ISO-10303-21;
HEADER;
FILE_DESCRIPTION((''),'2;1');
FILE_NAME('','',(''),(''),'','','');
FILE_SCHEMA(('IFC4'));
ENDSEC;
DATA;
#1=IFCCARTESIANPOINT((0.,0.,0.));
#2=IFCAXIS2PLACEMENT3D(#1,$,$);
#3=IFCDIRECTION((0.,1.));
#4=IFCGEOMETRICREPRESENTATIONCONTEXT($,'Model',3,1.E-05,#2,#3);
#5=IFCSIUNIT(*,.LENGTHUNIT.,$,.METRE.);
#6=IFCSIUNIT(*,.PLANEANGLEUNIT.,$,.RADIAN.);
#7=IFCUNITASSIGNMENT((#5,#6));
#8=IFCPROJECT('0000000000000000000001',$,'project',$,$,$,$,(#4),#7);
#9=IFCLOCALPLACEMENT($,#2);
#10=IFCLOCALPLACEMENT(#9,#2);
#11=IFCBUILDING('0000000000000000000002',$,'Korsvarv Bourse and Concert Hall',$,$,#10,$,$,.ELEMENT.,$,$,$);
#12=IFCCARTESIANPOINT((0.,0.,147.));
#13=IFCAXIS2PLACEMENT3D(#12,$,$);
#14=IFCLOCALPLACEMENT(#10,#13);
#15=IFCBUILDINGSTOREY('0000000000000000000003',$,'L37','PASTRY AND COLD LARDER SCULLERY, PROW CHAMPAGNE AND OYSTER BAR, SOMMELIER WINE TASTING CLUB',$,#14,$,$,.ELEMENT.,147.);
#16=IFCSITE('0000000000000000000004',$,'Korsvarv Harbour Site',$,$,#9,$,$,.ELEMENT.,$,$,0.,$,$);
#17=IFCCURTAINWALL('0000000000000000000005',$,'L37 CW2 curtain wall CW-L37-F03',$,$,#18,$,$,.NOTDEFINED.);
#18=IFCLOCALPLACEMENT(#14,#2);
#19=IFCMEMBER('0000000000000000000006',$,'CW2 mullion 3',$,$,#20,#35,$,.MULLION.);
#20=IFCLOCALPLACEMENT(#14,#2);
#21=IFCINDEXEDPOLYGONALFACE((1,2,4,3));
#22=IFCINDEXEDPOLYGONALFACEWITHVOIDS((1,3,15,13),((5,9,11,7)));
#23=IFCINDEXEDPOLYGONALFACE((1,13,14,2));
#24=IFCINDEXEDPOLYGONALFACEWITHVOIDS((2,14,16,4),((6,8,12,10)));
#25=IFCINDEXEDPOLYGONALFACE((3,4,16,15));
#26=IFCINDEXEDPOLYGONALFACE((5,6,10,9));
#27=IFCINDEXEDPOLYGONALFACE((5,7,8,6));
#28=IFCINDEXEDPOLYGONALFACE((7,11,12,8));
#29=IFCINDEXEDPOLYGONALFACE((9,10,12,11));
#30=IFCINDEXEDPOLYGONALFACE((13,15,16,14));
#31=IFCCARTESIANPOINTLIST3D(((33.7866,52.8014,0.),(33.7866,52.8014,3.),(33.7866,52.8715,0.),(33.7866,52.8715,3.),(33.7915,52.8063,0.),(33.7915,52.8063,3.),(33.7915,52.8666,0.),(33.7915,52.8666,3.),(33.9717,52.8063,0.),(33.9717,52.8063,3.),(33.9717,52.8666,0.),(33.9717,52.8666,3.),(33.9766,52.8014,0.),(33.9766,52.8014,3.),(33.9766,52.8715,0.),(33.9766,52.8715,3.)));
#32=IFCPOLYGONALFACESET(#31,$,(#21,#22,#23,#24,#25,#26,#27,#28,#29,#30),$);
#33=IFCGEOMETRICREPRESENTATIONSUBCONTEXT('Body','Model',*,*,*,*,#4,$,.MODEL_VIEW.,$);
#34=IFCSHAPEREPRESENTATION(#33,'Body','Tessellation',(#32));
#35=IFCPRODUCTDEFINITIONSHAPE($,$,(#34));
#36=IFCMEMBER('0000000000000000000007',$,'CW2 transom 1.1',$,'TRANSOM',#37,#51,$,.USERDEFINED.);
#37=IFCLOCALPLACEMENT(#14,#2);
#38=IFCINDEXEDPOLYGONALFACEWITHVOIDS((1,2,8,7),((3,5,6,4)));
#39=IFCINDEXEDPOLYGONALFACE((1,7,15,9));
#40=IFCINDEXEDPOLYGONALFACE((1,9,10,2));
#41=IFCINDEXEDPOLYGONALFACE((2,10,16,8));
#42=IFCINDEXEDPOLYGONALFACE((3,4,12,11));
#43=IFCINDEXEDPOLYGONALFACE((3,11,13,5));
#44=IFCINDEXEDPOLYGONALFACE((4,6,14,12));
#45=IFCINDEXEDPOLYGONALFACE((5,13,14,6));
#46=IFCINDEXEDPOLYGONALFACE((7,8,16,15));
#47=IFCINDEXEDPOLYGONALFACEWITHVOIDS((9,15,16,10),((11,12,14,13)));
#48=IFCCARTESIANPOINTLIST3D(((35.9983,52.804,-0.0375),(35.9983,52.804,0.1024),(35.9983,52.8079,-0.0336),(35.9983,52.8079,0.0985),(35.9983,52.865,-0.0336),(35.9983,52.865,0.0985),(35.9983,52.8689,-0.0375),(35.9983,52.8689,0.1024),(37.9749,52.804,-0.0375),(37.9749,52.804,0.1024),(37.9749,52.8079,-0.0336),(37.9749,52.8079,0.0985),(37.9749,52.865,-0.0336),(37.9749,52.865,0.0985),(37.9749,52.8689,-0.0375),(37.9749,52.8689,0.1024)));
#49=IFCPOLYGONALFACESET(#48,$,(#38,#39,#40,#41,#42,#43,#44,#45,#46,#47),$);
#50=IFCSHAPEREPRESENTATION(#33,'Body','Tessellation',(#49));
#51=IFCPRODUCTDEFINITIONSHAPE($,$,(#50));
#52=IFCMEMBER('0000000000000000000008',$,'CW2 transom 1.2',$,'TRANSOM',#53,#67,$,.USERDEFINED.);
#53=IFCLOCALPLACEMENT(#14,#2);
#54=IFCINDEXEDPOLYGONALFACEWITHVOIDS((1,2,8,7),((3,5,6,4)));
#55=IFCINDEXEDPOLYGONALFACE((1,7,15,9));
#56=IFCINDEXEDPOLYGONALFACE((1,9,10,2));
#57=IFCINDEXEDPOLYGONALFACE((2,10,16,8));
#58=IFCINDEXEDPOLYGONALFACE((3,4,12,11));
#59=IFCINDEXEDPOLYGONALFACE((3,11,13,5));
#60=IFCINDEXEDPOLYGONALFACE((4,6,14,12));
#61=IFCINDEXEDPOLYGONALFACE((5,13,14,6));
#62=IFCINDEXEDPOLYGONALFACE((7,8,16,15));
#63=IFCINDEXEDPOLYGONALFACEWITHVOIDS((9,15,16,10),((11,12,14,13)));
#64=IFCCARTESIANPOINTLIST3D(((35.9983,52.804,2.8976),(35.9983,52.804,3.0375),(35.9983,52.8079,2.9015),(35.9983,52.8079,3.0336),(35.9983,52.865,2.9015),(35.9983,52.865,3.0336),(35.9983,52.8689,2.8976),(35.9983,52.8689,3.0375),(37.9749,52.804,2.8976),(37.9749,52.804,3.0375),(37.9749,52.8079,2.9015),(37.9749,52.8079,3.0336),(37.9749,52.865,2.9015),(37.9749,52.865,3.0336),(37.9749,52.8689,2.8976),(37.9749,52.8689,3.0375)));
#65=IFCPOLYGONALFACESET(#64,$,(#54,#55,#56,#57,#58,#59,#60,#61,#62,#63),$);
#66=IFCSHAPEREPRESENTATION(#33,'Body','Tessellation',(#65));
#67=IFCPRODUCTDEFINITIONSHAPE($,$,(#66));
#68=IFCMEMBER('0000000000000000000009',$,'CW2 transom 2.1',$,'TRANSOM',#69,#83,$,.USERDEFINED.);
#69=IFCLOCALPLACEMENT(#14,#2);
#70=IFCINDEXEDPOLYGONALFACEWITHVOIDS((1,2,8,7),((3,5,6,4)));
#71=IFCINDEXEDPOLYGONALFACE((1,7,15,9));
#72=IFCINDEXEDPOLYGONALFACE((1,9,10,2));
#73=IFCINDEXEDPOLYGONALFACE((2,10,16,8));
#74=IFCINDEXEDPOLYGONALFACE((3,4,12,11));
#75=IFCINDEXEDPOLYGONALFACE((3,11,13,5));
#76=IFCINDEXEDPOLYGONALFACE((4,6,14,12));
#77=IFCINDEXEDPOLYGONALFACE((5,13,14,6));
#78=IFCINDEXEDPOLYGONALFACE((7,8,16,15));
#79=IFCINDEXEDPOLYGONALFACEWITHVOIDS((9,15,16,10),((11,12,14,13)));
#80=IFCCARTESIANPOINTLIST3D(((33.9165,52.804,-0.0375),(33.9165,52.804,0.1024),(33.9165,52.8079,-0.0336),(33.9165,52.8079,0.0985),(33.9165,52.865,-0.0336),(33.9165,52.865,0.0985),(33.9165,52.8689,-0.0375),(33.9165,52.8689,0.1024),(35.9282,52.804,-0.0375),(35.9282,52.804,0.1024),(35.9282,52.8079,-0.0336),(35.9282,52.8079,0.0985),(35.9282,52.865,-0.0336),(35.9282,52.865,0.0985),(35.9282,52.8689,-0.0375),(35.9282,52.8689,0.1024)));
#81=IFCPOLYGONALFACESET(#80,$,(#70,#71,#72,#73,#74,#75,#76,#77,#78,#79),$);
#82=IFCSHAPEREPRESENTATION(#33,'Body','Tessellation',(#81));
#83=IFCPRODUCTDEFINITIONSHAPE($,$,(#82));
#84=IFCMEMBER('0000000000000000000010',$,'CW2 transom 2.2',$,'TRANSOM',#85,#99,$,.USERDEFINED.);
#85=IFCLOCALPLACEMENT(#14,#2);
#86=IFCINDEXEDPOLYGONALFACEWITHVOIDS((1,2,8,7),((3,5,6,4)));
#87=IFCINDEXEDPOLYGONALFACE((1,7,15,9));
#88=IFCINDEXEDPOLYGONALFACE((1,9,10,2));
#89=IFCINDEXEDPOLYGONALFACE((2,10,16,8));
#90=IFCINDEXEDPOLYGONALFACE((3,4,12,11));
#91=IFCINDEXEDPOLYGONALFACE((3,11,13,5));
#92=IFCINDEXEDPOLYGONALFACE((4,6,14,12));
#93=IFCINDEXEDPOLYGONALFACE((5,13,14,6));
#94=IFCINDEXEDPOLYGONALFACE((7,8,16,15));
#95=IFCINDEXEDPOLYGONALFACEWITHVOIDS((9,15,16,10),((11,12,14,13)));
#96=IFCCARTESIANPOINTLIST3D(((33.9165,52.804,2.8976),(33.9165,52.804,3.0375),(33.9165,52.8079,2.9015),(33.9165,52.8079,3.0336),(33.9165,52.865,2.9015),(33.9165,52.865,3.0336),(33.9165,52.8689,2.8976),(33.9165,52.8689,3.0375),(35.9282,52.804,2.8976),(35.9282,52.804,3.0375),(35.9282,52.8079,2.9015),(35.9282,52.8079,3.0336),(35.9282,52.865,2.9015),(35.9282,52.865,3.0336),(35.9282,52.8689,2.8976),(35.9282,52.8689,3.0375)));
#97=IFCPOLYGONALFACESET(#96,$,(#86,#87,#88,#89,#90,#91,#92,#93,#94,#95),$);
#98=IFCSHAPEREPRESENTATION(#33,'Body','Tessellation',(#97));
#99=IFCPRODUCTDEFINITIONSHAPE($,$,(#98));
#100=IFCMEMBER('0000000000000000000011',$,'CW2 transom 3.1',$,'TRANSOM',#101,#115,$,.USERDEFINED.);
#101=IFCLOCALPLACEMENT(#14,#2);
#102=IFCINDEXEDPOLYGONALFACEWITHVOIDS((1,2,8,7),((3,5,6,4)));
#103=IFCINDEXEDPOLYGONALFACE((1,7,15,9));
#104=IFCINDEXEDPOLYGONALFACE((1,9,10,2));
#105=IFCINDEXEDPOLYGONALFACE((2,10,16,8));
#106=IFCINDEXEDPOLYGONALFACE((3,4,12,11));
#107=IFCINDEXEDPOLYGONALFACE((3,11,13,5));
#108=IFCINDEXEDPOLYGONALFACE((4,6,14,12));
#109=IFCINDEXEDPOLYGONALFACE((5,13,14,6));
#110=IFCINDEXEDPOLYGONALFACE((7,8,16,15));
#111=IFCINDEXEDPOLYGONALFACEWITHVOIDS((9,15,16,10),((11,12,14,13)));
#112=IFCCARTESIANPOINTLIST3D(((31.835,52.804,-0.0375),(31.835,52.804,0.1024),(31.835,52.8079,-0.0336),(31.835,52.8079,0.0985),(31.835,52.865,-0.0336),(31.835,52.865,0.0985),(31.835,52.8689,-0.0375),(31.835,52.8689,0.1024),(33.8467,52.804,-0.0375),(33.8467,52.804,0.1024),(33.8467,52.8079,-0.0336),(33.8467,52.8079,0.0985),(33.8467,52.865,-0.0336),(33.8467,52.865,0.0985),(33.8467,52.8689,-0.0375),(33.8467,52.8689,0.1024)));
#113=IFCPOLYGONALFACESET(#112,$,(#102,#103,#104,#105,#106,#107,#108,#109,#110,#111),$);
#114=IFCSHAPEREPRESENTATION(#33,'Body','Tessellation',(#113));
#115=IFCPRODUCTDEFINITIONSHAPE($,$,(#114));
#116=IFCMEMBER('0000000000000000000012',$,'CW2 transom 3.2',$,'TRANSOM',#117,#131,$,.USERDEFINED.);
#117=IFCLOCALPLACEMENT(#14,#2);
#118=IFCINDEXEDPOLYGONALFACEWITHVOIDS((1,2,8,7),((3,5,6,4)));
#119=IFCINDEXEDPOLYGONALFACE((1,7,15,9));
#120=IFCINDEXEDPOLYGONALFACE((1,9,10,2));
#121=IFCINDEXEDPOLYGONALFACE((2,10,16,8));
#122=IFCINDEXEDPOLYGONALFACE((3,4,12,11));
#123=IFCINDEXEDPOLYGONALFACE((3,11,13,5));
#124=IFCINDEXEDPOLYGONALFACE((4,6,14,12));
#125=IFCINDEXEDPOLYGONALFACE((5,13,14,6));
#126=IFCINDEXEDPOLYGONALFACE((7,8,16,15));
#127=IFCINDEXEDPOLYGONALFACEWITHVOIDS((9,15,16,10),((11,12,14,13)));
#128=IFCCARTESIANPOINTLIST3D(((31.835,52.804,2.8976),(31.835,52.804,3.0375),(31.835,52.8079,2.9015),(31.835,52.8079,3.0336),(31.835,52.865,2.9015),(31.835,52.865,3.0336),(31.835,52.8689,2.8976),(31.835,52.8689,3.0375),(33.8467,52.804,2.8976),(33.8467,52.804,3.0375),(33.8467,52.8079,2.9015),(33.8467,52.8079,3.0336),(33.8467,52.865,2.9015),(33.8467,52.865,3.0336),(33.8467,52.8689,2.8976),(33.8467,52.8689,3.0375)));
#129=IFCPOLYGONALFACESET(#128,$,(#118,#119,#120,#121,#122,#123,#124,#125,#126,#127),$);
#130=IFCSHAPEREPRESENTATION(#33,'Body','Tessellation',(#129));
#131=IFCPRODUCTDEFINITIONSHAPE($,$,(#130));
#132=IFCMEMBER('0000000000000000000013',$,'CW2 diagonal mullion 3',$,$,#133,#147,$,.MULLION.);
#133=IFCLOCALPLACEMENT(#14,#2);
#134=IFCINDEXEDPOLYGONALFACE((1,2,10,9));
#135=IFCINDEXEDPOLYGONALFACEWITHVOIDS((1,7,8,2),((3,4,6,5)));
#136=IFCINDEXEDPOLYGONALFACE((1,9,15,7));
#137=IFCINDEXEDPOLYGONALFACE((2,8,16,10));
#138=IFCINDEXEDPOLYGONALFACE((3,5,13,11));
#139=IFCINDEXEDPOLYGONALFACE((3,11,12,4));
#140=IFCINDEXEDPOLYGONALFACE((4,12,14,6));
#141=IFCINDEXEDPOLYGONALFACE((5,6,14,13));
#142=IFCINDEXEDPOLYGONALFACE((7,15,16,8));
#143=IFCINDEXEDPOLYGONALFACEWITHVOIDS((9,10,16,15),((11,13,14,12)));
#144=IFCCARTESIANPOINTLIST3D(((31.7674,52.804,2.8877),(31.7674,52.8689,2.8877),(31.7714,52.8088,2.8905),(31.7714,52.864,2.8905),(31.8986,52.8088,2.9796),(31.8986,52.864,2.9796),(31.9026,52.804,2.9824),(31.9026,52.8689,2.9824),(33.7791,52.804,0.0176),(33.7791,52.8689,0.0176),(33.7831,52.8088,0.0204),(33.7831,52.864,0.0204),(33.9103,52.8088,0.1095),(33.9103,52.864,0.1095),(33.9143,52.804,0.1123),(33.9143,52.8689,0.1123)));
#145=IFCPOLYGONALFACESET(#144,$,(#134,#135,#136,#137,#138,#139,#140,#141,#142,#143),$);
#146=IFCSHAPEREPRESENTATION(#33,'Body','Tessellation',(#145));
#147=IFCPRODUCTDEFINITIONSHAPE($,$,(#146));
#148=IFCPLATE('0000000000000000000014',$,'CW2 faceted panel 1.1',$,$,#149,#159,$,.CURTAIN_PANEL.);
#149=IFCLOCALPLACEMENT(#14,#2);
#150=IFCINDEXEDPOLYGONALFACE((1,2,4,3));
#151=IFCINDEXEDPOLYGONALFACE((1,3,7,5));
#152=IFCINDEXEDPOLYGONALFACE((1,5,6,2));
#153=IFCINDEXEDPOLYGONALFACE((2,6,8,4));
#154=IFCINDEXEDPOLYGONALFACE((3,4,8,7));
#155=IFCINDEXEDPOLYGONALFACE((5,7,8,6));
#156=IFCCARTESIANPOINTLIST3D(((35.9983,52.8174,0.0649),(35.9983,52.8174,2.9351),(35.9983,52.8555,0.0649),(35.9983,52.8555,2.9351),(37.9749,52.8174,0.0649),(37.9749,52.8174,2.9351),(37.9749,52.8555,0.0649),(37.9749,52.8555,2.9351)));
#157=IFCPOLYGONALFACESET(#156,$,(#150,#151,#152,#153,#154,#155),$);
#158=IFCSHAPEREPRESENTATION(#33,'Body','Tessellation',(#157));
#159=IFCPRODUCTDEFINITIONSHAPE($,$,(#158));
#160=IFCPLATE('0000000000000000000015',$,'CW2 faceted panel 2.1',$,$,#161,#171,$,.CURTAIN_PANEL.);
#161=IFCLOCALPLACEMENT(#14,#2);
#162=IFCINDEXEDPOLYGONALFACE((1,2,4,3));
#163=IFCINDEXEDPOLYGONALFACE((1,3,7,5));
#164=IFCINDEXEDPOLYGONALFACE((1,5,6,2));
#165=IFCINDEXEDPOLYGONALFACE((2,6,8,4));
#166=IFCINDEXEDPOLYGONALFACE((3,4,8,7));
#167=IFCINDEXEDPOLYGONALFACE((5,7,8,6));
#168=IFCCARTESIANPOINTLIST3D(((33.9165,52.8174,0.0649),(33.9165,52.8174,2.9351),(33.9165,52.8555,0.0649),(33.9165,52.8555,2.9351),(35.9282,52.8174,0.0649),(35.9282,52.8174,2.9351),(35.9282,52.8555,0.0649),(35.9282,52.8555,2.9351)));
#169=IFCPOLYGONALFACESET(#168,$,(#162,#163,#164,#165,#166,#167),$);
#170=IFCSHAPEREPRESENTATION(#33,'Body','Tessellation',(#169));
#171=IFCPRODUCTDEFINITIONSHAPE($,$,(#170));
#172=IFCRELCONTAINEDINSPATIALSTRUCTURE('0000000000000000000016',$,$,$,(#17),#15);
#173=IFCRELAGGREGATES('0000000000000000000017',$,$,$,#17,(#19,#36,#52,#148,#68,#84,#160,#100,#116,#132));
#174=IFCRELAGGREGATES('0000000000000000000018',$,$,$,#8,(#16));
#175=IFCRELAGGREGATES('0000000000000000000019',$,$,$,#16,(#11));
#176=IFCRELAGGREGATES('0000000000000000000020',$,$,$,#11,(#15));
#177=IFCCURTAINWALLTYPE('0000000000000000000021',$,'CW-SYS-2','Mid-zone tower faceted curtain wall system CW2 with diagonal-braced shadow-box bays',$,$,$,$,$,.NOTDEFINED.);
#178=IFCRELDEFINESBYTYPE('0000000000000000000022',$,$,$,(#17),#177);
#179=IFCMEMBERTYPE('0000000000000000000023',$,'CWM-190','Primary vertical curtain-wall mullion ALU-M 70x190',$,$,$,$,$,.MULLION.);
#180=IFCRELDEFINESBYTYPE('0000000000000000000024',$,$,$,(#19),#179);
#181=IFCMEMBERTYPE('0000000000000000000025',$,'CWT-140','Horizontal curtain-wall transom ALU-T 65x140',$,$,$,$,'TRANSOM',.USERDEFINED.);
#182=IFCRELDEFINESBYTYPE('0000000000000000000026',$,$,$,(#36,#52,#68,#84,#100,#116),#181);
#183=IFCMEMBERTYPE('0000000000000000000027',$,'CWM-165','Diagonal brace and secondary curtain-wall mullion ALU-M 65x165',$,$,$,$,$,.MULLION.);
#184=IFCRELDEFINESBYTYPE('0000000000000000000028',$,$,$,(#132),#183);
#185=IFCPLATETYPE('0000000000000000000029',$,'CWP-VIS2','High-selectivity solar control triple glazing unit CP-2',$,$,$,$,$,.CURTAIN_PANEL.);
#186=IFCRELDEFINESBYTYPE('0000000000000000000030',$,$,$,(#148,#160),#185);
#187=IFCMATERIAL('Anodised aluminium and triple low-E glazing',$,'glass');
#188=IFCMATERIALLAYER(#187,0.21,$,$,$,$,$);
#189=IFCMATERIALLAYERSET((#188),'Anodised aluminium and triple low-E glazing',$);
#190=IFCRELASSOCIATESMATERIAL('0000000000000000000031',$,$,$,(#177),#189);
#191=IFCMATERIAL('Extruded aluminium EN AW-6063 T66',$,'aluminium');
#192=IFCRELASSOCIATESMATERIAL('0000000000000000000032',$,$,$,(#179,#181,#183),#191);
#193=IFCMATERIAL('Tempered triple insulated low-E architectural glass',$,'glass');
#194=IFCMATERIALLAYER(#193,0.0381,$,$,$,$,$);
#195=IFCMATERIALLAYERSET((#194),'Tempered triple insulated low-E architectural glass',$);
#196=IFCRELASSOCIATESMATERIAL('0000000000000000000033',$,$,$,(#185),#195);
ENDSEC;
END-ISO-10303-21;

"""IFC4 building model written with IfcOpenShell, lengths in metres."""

from ifc_helpers import new_model, si_unit, direction, frame, origin, origin_2d, place, context, subcontext, project, spatial, rectangle, hollow_rectangle, extrude, source, transform, mapped, material, layer, layer_set, material_profile, profile_set, type_object, element, aggregate, save


model = new_model("IFC4")

# Units and contexts
model_context = context("Model", 3, precision=1e-05, world=origin(), true_north=direction((0.0, 1.0)))
body_context = subcontext(model_context, "Body", "Model", "MODEL_VIEW")
ifc_project = project(units=[si_unit("LENGTHUNIT", "METRE"), si_unit("PLANEANGLEUNIT", "RADIAN")], contexts=[model_context])

# Site, building, storey
site_placement = place(None, origin())
site = spatial("IfcSite", under=ifc_project, at=site_placement, Name="Korsvarv Harbour Site", CompositionType="ELEMENT", RefElevation=0.0)
building_placement = place(site_placement, origin())
building = spatial("IfcBuilding", under=site, at=building_placement, Name="Korsvarv Bourse and Concert Hall", CompositionType="ELEMENT")
storey_placement = place(building_placement, frame((0.0, 0.0, 147.0)))
storey = spatial("IfcBuildingStorey", under=building, at=storey_placement, Name="L37", Description="PASTRY AND COLD LARDER SCULLERY, PROW CHAMPAGNE AND OYSTER BAR, SOMMELIER WINE TASTING CLUB", CompositionType="ELEMENT", Elevation=147.0)

# Curtain wall, members, plates
ifc_material_1 = material(Name="Anodised aluminium and triple low-E glazing", Category="glass")
ifc_layer_1 = layer(ifc_material_1, 0.21)
ifc_layer_set_1 = layer_set([ifc_layer_1], Name="Anodised aluminium and triple low-E glazing")
curtain_wall_type = type_object("IfcCurtainWallType", Name="CW-SYS-2", Description="Mid-zone tower faceted curtain wall system CW2 with diagonal-braced shadow-box bays", PredefinedType="NOTDEFINED", material=ifc_layer_set_1)
curtain_wall_placement = place(storey_placement, origin())
curtain_wall = element("IfcCurtainWall", 1, at=curtain_wall_placement, inside=storey, type_object=curtain_wall_type, Name="L37 CW2 curtain wall CW-L37-F03", PredefinedType="NOTDEFINED")
ifc_material_2 = material(Name="Extruded aluminium EN AW-6063 T66", Category="aluminium")
ifc_material_profile_1 = material_profile(ifc_material_2, hollow_rectangle(XDim=0.0701, YDim=0.1899, WallThickness=0.0049, at=origin_2d()), Name="ALU-M 70x190")
ifc_profile_set_1 = profile_set([ifc_material_profile_1], Name="Extruded aluminium EN AW-6063 T66")
member_type_1 = type_object("IfcMemberType", Name="CWM-190", Description="Primary vertical curtain-wall mullion ALU-M 70x190", PredefinedType="MULLION", material=ifc_profile_set_1)
shared_shape_1 = source(origin(), body_context, "Body", "SweptSolid", [
    extrude(hollow_rectangle(XDim=0.0701, YDim=0.1899, WallThickness=0.0049, at=origin_2d()), origin(), (0.0, 0.0, 1.0), 3.0),
])
member_1_placement = place(storey_placement, frame((33.8816, 52.8364, 0.0), z_axis=(0.0, 0.0, 1.0), x_axis=(0.0, -1.0, 0.0)))
member_1 = element("IfcMember", 2, at=member_1_placement, type_object=member_type_1, Name="CW2 mullion 3", PredefinedType="MULLION", context=body_context, shape_type="MappedRepresentation", body=[
    mapped(shared_shape_1, transform((0.0, 0.0, 0.0), scale=1.0)),
])
ifc_material_profile_2 = material_profile(ifc_material_2, hollow_rectangle(XDim=0.0649, YDim=0.1399, WallThickness=0.0039, at=origin_2d()), Name="ALU-T 65x140")
ifc_profile_set_2 = profile_set([ifc_material_profile_2], Name="Extruded aluminium EN AW-6063 T66")
member_type_2 = type_object("IfcMemberType", Name="CWT-140", Description="Horizontal curtain-wall transom ALU-T 65x140", ElementType="TRANSOM", PredefinedType="USERDEFINED", material=ifc_profile_set_2)
shared_shape_2 = source(origin(), body_context, "Body", "SweptSolid", [
    extrude(hollow_rectangle(XDim=0.0649, YDim=0.1399, WallThickness=0.0039, at=origin_2d()), origin(), (0.0, 0.0, 1.0), 1.9766),
])
member_2_placement = place(storey_placement, frame((37.9749, 52.8364, 0.0325), z_axis=(-1.0, 0.0, 0.0), x_axis=(0.0, -1.0, 0.0)))
member_2 = element("IfcMember", 3, at=member_2_placement, type_object=member_type_2, Name="CW2 transom 1.1", ObjectType="TRANSOM", PredefinedType="USERDEFINED", context=body_context, shape_type="MappedRepresentation", body=[
    mapped(shared_shape_2, transform((0.0, 0.0, 0.0), scale=1.0)),
])
member_3_placement = place(storey_placement, frame((37.9749, 52.8364, 2.9675), z_axis=(-1.0, 0.0, 0.0), x_axis=(0.0, -1.0, 0.0)))
member_3 = element("IfcMember", 4, at=member_3_placement, type_object=member_type_2, Name="CW2 transom 1.2", ObjectType="TRANSOM", PredefinedType="USERDEFINED", context=body_context, shape_type="MappedRepresentation", body=[
    mapped(shared_shape_2, transform((0.0, 0.0, 0.0), scale=1.0)),
])
shared_shape_3 = source(origin(), body_context, "Body", "SweptSolid", [
    extrude(hollow_rectangle(XDim=0.0649, YDim=0.1399, WallThickness=0.0039, at=origin_2d()), origin(), (0.0, 0.0, 1.0), 2.0117),
])
member_4_placement = place(storey_placement, frame((35.9282, 52.8364, 0.0325), z_axis=(-1.0, 0.0, 0.0), x_axis=(0.0, -1.0, 0.0)))
member_4 = element("IfcMember", 5, at=member_4_placement, type_object=member_type_2, Name="CW2 transom 2.1", ObjectType="TRANSOM", PredefinedType="USERDEFINED", context=body_context, shape_type="MappedRepresentation", body=[
    mapped(shared_shape_3, transform((0.0, 0.0, 0.0), scale=1.0)),
])
member_5_placement = place(storey_placement, frame((35.9282, 52.8364, 2.9675), z_axis=(-1.0, 0.0, 0.0), x_axis=(0.0, -1.0, 0.0)))
member_5 = element("IfcMember", 6, at=member_5_placement, type_object=member_type_2, Name="CW2 transom 2.2", ObjectType="TRANSOM", PredefinedType="USERDEFINED", context=body_context, shape_type="MappedRepresentation", body=[
    mapped(shared_shape_3, transform((0.0, 0.0, 0.0), scale=1.0)),
])
member_6_placement = place(storey_placement, frame((33.8467, 52.8364, 0.0325), z_axis=(-1.0, 0.0, 0.0), x_axis=(0.0, -1.0, 0.0)))
member_6 = element("IfcMember", 7, at=member_6_placement, type_object=member_type_2, Name="CW2 transom 3.1", ObjectType="TRANSOM", PredefinedType="USERDEFINED", context=body_context, shape_type="MappedRepresentation", body=[
    mapped(shared_shape_3, transform((0.0, 0.0, 0.0), scale=1.0)),
])
member_7_placement = place(storey_placement, frame((33.8467, 52.8364, 2.9675), z_axis=(-1.0, 0.0, 0.0), x_axis=(0.0, -1.0, 0.0)))
member_7 = element("IfcMember", 8, at=member_7_placement, type_object=member_type_2, Name="CW2 transom 3.2", ObjectType="TRANSOM", PredefinedType="USERDEFINED", context=body_context, shape_type="MappedRepresentation", body=[
    mapped(shared_shape_3, transform((0.0, 0.0, 0.0), scale=1.0)),
])
ifc_material_profile_3 = material_profile(ifc_material_2, hollow_rectangle(XDim=0.0649, YDim=0.165, WallThickness=0.0049, at=origin_2d()), Name="ALU-M 65x165")
ifc_profile_set_3 = profile_set([ifc_material_profile_3], Name="Extruded aluminium EN AW-6063 T66")
member_type_3 = type_object("IfcMemberType", Name="CWM-165", Description="Diagonal brace and secondary curtain-wall mullion ALU-M 65x165", PredefinedType="MULLION", material=ifc_profile_set_3)
shared_shape_4 = source(origin(), body_context, "Body", "SweptSolid", [
    extrude(hollow_rectangle(XDim=0.0649, YDim=0.165, WallThickness=0.0049, at=origin_2d()), origin(), (0.0, 0.0, 1.0), 3.5049),
])
member_8_placement = place(storey_placement, frame((33.8467, 52.8364, 0.0649), z_axis=(-0.573967, 0.0, 0.818878), x_axis=(0.0, -1.0, 0.0)))
member_8 = element("IfcMember", 9, at=member_8_placement, type_object=member_type_3, Name="CW2 diagonal mullion 3", PredefinedType="MULLION", context=body_context, shape_type="MappedRepresentation", body=[
    mapped(shared_shape_4, transform((0.0, 0.0, 0.0), scale=1.0)),
])
ifc_material_3 = material(Name="Tempered triple insulated low-E architectural glass", Category="glass")
ifc_layer_2 = layer(ifc_material_3, 0.0381)
ifc_layer_set_2 = layer_set([ifc_layer_2], Name="Tempered triple insulated low-E architectural glass")
plate_type_1 = type_object("IfcPlateType", Name="CWP-VIS2", Description="High-selectivity solar control triple glazing unit CP-2", PredefinedType="CURTAIN_PANEL", material=ifc_layer_set_2)
shared_shape_5 = source(origin(), body_context, "Body", "SweptSolid", [
    extrude(rectangle(XDim=1.9766, YDim=0.0381, at=origin_2d()), origin(), (0.0, 0.0, 1.0), 2.8701),
])
plate_1_placement = place(storey_placement, frame((36.9866, 52.8364, 0.0649), z_axis=(0.0, 0.0, 1.0), x_axis=(-1.0, 0.0, 0.0)))
plate_1 = element("IfcPlate", 10, at=plate_1_placement, type_object=plate_type_1, Name="CW2 faceted panel 1.1", PredefinedType="CURTAIN_PANEL", context=body_context, shape_type="MappedRepresentation", body=[
    mapped(shared_shape_5, transform((0.0, 0.0, 0.0), scale=1.0)),
])
shared_shape_6 = source(origin(), body_context, "Body", "SweptSolid", [
    extrude(rectangle(XDim=2.0117, YDim=0.0381, at=origin_2d()), origin(), (0.0, 0.0, 1.0), 2.8701),
])
plate_2_placement = place(storey_placement, frame((34.9224, 52.8364, 0.0649), z_axis=(0.0, 0.0, 1.0), x_axis=(-1.0, 0.0, 0.0)))
plate_2 = element("IfcPlate", 11, at=plate_2_placement, type_object=plate_type_1, Name="CW2 faceted panel 2.1", PredefinedType="CURTAIN_PANEL", context=body_context, shape_type="MappedRepresentation", body=[
    mapped(shared_shape_6, transform((0.0, 0.0, 0.0), scale=1.0)),
])
aggregate(curtain_wall, [member_1, member_2, member_3, plate_1, member_4, member_5, plate_2, member_6, member_7, member_8])

save(model, "model.ifc")
